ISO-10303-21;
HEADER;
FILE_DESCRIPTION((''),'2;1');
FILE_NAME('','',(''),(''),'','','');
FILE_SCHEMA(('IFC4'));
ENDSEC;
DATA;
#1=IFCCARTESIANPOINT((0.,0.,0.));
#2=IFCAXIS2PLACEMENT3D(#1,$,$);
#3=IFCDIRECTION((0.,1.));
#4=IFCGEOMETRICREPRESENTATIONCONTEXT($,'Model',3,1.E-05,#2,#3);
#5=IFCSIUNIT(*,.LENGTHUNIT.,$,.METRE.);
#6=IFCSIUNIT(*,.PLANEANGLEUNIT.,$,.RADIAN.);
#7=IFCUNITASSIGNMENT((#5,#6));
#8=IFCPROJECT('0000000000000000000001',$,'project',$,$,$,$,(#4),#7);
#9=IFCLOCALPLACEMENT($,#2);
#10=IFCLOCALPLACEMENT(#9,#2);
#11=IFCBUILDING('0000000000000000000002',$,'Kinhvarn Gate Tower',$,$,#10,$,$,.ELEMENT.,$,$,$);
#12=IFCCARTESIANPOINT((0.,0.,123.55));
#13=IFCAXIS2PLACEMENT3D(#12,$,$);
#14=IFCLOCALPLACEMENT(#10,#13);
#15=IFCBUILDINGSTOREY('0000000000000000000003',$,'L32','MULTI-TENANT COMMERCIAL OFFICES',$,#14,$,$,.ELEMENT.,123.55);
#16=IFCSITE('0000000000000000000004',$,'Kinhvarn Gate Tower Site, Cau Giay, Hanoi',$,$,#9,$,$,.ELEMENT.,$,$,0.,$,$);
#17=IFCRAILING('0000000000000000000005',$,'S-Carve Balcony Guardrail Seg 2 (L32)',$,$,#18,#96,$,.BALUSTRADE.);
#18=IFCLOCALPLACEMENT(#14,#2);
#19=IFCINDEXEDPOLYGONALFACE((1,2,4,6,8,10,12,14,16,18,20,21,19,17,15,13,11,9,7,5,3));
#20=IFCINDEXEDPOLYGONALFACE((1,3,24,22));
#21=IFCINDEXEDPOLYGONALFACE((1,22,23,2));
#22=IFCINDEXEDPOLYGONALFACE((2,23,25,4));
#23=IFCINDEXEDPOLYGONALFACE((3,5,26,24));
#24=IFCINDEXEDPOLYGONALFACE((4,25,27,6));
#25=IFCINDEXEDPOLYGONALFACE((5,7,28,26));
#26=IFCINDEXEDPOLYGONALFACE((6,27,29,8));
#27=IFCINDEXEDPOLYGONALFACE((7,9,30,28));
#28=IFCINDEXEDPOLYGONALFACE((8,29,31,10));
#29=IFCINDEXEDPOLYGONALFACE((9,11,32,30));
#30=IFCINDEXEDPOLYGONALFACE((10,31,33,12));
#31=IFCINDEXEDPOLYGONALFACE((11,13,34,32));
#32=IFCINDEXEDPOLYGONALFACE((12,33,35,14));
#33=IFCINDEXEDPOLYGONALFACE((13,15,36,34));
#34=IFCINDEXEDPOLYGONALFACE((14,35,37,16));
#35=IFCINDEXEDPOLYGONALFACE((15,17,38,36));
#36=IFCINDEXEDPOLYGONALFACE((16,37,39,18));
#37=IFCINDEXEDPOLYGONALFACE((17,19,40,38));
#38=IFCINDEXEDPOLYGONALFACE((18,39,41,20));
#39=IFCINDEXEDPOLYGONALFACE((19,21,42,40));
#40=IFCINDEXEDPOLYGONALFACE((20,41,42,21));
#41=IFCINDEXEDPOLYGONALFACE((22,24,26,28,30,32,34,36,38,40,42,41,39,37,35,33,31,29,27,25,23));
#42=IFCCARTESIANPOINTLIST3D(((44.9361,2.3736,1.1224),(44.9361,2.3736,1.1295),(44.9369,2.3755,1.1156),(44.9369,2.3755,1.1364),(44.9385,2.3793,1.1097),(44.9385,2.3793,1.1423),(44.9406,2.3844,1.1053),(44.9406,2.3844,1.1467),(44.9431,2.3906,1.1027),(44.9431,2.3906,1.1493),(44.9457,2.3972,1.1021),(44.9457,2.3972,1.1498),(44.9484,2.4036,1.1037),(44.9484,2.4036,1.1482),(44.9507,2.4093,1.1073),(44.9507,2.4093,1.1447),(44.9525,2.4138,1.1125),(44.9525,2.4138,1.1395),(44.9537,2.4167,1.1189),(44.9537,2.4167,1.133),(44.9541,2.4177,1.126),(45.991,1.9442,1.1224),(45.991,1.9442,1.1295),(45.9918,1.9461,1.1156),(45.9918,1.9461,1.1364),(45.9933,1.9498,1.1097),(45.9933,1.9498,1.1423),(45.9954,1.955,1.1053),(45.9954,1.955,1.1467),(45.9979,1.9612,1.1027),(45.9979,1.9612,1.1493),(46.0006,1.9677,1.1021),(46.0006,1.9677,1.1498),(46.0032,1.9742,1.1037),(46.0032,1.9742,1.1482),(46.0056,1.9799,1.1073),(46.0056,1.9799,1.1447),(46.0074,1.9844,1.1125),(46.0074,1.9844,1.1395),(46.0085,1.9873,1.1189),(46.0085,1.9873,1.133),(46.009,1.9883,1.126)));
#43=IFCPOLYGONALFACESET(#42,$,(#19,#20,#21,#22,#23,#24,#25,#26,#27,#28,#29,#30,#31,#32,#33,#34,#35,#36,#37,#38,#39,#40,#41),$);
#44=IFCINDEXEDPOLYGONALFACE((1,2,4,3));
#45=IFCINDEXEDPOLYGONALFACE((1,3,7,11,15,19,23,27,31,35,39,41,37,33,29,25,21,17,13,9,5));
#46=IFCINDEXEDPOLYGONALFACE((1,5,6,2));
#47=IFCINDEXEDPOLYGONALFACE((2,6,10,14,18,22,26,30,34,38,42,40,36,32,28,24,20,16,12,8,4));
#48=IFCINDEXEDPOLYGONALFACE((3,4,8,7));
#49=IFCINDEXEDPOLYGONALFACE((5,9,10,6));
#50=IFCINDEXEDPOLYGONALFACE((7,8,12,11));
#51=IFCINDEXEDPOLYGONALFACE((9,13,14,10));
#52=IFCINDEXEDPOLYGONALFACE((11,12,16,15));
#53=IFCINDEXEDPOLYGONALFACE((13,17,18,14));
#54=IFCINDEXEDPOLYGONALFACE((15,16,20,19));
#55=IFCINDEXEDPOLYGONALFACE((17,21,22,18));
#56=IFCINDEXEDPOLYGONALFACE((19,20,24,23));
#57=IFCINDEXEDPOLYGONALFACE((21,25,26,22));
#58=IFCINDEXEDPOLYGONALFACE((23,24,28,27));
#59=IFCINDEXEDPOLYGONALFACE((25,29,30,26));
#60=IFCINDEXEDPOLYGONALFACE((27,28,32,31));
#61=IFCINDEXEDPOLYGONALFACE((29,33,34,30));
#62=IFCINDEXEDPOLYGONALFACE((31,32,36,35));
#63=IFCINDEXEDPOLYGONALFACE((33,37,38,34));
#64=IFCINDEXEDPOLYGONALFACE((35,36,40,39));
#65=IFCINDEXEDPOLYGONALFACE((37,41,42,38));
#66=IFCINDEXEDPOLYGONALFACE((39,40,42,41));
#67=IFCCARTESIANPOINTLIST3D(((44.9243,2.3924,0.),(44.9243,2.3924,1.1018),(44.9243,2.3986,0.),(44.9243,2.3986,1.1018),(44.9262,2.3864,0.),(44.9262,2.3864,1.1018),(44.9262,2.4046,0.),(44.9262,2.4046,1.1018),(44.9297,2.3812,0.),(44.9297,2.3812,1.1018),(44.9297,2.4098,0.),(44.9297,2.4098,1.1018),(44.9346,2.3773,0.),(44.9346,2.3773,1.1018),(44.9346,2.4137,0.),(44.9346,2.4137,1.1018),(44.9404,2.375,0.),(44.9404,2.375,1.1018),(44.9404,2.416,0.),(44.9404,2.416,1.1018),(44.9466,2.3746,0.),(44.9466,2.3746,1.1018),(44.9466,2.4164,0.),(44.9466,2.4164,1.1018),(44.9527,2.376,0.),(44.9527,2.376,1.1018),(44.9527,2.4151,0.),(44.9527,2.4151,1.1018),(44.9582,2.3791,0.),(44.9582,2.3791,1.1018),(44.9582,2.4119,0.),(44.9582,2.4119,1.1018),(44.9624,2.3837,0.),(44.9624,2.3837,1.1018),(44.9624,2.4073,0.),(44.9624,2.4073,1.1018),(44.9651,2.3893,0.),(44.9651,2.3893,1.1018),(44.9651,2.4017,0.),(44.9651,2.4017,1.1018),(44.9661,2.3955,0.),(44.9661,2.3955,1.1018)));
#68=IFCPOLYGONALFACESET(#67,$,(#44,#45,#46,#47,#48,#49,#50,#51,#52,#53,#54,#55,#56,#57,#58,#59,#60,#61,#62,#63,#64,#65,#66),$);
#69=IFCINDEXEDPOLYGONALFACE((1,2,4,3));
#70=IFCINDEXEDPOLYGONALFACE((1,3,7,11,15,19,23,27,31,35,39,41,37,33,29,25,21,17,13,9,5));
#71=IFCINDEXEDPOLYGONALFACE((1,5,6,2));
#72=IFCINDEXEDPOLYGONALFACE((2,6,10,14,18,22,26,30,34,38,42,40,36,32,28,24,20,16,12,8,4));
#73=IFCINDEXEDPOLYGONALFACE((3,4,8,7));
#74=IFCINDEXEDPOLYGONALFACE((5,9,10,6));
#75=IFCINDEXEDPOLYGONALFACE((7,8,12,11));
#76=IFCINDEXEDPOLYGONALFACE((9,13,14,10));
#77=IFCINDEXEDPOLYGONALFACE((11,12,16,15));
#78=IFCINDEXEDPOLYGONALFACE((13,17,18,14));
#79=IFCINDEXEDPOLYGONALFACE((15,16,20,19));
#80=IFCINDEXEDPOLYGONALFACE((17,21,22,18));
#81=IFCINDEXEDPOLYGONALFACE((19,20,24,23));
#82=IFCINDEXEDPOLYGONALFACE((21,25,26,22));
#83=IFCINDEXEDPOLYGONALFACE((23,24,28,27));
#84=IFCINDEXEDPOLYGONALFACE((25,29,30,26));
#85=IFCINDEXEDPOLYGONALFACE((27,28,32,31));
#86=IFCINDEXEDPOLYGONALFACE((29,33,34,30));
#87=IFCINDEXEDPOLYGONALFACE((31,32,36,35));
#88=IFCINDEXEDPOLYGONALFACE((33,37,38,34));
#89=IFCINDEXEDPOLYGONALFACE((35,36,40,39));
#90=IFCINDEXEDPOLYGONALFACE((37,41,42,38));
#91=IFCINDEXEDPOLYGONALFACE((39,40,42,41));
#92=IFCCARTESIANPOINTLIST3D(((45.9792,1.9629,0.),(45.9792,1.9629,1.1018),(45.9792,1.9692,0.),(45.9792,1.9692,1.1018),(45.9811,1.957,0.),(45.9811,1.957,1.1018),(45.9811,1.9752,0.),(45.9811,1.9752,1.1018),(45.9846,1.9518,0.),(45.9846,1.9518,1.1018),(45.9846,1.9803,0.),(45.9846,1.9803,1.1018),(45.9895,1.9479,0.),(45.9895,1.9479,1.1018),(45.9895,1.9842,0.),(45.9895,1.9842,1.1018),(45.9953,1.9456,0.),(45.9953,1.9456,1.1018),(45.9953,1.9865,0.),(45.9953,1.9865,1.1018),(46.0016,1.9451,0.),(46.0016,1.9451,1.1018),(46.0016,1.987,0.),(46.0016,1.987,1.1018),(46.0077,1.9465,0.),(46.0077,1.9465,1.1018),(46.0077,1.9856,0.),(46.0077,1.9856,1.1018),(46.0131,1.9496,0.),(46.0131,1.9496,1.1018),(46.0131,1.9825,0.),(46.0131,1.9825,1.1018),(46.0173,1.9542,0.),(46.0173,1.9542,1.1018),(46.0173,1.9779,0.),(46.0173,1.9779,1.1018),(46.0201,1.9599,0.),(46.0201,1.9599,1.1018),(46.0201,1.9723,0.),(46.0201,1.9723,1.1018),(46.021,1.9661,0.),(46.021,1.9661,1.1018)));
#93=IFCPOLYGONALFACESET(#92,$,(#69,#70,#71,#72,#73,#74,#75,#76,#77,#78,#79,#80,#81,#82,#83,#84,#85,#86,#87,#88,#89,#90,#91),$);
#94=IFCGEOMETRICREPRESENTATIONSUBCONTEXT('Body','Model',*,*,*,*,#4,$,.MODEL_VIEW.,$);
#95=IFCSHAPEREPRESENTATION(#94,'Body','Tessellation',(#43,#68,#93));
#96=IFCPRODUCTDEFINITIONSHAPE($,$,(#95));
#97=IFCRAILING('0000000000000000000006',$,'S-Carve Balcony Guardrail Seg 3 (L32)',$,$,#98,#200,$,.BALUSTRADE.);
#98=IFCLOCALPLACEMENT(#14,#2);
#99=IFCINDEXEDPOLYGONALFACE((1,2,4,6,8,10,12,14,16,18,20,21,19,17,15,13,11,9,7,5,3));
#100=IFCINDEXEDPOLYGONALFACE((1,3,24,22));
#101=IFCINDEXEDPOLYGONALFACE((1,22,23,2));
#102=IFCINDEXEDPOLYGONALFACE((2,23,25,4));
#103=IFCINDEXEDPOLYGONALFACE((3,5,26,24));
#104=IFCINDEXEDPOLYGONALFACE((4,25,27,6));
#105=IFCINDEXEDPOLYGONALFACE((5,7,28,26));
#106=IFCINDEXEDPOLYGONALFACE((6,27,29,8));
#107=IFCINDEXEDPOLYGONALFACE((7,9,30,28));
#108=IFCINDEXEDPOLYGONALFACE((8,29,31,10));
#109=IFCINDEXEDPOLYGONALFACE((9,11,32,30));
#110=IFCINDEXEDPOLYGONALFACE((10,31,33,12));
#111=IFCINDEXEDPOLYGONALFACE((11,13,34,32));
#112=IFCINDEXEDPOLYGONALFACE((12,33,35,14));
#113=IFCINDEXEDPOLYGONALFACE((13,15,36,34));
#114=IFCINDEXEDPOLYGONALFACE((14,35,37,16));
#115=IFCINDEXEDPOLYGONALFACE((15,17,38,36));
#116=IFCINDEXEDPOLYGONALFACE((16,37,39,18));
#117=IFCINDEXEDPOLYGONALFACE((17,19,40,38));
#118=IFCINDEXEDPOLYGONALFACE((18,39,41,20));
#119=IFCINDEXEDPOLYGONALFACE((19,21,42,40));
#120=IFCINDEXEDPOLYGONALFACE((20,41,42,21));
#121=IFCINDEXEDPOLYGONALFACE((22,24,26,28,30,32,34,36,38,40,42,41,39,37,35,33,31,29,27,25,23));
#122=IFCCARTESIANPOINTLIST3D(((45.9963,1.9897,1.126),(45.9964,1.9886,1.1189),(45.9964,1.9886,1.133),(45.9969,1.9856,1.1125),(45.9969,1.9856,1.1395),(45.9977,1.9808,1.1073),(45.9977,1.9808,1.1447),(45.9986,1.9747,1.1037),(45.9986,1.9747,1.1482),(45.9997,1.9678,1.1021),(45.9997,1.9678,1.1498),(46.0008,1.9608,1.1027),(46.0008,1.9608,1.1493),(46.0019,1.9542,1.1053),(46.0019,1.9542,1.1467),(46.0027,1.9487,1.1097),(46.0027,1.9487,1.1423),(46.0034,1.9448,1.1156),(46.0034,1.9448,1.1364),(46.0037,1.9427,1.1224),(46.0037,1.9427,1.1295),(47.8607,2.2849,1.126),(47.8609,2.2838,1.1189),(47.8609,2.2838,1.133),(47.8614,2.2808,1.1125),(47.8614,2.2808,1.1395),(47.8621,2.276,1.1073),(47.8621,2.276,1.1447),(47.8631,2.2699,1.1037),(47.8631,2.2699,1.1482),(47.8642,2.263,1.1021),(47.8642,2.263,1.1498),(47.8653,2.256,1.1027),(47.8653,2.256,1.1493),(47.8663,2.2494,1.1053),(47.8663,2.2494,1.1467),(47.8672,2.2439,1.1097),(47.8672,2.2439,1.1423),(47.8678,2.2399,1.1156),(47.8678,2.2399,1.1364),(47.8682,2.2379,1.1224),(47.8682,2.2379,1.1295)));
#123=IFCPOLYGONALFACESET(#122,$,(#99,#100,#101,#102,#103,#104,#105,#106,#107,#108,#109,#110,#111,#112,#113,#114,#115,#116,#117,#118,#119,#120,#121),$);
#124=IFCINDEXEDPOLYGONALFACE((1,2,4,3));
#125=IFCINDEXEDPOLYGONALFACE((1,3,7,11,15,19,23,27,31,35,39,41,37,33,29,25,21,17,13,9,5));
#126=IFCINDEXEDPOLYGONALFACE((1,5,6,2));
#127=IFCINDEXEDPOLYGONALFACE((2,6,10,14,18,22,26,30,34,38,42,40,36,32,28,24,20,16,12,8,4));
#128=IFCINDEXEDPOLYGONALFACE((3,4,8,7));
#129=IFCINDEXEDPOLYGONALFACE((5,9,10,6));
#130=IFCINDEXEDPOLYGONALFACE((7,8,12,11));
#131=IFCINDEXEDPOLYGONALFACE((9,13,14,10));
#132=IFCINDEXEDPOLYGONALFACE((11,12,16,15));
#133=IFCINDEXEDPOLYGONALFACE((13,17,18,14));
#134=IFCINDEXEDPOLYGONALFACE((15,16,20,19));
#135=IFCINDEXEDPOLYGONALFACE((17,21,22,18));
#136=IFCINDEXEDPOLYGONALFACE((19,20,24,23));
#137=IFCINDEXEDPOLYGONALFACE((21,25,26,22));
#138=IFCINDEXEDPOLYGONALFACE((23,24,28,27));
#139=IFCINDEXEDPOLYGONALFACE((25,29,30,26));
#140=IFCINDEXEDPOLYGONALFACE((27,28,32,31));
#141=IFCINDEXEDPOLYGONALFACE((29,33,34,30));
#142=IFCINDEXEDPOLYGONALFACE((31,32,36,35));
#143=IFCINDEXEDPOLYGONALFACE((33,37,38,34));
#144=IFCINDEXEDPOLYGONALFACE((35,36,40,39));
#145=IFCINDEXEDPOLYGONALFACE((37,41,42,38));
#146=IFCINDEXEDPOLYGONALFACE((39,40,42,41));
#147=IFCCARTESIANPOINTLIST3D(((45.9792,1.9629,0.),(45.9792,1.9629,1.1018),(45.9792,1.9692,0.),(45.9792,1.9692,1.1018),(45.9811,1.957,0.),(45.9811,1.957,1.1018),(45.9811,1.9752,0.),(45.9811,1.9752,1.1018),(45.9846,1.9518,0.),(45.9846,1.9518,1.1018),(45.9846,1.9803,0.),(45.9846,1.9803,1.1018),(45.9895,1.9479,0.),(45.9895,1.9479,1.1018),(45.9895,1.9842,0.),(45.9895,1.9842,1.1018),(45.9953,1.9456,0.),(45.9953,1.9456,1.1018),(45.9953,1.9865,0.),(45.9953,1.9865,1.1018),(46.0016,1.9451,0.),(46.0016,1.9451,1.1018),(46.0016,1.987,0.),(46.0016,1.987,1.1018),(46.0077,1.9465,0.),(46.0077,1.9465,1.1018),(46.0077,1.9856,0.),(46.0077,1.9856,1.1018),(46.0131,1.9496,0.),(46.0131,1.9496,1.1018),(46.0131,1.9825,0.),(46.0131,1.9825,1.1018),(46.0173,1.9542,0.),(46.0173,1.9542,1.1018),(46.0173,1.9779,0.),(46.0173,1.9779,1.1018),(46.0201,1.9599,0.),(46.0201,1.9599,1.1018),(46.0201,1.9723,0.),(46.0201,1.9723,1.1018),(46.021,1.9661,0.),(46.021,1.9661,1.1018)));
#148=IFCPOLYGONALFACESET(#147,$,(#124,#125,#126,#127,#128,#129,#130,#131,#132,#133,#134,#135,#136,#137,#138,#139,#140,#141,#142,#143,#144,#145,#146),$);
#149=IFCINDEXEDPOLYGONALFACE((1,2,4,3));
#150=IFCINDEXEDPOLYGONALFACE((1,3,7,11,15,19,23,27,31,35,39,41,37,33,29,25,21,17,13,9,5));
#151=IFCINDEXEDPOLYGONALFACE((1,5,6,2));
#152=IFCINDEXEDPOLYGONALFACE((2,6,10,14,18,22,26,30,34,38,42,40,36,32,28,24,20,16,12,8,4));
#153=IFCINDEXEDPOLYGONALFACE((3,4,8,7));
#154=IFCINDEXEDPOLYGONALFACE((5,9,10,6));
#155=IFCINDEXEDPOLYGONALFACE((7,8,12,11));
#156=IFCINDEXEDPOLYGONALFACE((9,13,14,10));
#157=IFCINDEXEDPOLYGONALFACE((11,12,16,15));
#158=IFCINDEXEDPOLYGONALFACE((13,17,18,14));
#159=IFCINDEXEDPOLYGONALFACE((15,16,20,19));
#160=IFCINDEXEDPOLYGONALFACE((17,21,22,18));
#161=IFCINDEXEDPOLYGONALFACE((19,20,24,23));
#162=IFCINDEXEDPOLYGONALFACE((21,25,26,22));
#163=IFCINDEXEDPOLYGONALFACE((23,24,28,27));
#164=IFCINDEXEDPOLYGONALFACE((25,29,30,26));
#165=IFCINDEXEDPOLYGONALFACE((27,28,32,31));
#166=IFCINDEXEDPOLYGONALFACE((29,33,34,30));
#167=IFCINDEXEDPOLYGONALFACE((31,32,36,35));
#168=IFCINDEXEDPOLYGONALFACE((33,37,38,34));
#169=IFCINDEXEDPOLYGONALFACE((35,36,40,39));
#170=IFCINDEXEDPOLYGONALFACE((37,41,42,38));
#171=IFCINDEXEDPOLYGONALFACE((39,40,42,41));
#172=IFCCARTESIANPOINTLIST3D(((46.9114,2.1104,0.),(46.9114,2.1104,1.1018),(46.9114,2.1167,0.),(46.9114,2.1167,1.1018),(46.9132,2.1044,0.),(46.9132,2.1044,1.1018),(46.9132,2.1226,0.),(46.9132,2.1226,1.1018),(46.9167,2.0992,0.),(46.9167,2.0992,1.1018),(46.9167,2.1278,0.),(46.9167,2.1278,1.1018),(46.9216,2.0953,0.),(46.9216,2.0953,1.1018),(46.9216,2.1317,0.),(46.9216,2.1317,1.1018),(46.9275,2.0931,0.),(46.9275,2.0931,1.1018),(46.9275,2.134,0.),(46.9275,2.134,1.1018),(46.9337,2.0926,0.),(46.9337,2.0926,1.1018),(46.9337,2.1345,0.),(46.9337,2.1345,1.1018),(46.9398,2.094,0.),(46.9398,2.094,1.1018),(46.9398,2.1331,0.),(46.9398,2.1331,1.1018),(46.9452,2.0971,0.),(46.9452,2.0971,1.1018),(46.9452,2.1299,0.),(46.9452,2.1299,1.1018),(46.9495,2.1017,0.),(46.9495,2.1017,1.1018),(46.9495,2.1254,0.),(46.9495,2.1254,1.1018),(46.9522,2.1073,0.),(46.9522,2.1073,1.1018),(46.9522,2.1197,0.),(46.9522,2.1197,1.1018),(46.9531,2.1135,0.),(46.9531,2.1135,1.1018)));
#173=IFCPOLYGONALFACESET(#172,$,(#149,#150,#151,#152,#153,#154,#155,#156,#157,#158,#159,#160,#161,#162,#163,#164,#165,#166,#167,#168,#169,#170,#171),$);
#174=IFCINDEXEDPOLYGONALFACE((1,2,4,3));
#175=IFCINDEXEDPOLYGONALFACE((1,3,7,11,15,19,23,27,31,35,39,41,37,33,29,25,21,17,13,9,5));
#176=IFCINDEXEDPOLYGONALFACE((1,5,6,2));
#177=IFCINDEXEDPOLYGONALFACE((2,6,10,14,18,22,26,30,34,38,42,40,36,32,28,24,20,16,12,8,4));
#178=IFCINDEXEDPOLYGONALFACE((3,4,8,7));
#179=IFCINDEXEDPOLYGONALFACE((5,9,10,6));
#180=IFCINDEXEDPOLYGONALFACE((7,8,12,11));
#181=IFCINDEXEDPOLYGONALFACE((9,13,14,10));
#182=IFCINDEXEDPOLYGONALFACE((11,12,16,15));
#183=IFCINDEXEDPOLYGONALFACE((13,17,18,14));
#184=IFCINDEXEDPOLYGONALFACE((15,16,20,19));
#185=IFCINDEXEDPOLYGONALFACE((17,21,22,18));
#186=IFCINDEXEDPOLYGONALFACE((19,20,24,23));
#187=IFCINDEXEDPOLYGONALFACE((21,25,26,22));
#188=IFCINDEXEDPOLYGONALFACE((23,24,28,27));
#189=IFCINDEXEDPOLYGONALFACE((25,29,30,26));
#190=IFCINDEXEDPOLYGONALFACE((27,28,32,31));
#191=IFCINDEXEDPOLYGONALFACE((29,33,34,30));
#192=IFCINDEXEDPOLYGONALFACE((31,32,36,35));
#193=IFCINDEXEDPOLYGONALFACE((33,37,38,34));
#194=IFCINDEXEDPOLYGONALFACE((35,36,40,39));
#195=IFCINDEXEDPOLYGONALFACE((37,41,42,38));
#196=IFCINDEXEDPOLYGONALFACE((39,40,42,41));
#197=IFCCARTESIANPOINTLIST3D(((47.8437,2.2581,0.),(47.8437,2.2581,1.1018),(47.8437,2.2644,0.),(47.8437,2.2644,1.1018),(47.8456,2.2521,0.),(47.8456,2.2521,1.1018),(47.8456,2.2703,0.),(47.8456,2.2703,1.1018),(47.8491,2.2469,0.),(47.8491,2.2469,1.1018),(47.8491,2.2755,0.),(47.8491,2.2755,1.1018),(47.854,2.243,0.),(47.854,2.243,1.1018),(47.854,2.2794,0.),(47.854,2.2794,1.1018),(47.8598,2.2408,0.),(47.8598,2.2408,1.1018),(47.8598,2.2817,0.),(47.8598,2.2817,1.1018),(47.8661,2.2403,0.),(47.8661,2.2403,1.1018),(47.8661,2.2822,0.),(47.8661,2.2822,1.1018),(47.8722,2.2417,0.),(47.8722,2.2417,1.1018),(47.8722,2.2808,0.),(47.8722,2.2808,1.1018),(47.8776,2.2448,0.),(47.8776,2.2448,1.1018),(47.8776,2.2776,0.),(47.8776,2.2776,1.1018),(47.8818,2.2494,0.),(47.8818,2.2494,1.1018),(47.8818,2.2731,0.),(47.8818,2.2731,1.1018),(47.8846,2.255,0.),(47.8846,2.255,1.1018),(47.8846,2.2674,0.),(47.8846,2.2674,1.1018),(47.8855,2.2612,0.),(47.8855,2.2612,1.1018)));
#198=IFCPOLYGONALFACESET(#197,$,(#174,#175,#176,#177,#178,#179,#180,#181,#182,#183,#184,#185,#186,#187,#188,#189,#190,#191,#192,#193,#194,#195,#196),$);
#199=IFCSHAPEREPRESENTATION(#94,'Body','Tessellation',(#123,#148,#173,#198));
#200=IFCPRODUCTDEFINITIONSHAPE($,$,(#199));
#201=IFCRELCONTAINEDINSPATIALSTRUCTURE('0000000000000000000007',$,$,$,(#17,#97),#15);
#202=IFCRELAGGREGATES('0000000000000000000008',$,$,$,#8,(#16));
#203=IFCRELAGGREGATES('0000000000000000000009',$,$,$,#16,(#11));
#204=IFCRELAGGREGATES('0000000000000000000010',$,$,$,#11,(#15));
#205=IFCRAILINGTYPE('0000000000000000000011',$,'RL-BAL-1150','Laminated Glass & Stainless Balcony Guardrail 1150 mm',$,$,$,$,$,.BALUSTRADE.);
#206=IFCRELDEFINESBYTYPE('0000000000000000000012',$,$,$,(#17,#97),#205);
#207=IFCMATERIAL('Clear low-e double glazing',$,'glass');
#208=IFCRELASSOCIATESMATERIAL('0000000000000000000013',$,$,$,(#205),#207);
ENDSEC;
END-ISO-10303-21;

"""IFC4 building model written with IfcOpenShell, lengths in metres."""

from ifc_helpers import new_model, si_unit, direction, frame, origin, origin_2d, place, context, subcontext, project, spatial, circle, extrude, material, type_object, element, save


model = new_model("IFC4")

# Units and contexts
model_context = context("Model", 3, precision=1e-05, world=origin(), true_north=direction((0.0, 1.0)))
body_context = subcontext(model_context, "Body", "Model", "MODEL_VIEW")
ifc_project = project(units=[si_unit("LENGTHUNIT", "METRE"), si_unit("PLANEANGLEUNIT", "RADIAN")], contexts=[model_context])

# Site, building, storey
site_placement = place(None, origin())
site = spatial("IfcSite", under=ifc_project, at=site_placement, Name="Kinhvarn Gate Tower Site, Cau Giay, Hanoi", CompositionType="ELEMENT", RefElevation=0.0)
building_placement = place(site_placement, origin())
building = spatial("IfcBuilding", under=site, at=building_placement, Name="Kinhvarn Gate Tower", CompositionType="ELEMENT")
storey_placement = place(building_placement, frame((0.0, 0.0, 123.55)))
storey = spatial("IfcBuildingStorey", under=building, at=storey_placement, Name="L32", Description="MULTI-TENANT COMMERCIAL OFFICES", CompositionType="ELEMENT", Elevation=123.55)

# Shared definitions
ifc_material_1 = material(Name="Clear low-e double glazing", Category="glass")

# Railings
railing_type = type_object("IfcRailingType", Name="RL-BAL-1150", Description="Laminated Glass & Stainless Balcony Guardrail 1150 mm", PredefinedType="BALUSTRADE", material=ifc_material_1)
railing_1_placement = place(storey_placement, frame((44.9451, 2.3955, 0.0)))
element("IfcRailing", 1, at=railing_1_placement, inside=storey, type_object=railing_type, Name="S-Carve Balcony Guardrail Seg 2 (L32)", PredefinedType="BALUSTRADE", context=body_context, shape_type="SweptSolid", body=[
    extrude(circle(Radius=0.0239, at=origin_2d()), frame((0.0, 0.0, 1.126), z_axis=(0.926198, -0.377038, 0.0), x_axis=(0.377038, 0.926198, 0.0)), (0.0, 0.0, 1.0), 1.1389),
    extrude(circle(Radius=0.021, at=origin_2d()), origin(), (0.0, 0.0, 1.0), 1.1018),
    extrude(circle(Radius=0.021, at=origin_2d()), frame((1.0549, -0.4294, 0.0)), (0.0, 0.0, 1.0), 1.1018),
])
railing_2_placement = place(storey_placement, frame((46.0, 1.9661, 0.0)))
element("IfcRailing", 2, at=railing_2_placement, inside=storey, type_object=railing_type, Name="S-Carve Balcony Guardrail Seg 3 (L32)", PredefinedType="BALUSTRADE", context=body_context, shape_type="SweptSolid", body=[
    extrude(circle(Radius=0.0239, at=origin_2d()), frame((0.0, 0.0, 1.126), z_axis=(0.9877, 0.156361, 0.0), x_axis=(-0.156361, 0.9877, 0.0)), (0.0, 0.0, 1.0), 1.8877),
    extrude(circle(Radius=0.021, at=origin_2d()), origin(), (0.0, 0.0, 1.0), 1.1018),
    extrude(circle(Radius=0.021, at=origin_2d()), frame((0.9321, 0.1475, 0.0)), (0.0, 0.0, 1.0), 1.1018),
    extrude(circle(Radius=0.021, at=origin_2d()), frame((1.8645, 0.2952, 0.0)), (0.0, 0.0, 1.0), 1.1018),
])

save(model, "model.ifc")
